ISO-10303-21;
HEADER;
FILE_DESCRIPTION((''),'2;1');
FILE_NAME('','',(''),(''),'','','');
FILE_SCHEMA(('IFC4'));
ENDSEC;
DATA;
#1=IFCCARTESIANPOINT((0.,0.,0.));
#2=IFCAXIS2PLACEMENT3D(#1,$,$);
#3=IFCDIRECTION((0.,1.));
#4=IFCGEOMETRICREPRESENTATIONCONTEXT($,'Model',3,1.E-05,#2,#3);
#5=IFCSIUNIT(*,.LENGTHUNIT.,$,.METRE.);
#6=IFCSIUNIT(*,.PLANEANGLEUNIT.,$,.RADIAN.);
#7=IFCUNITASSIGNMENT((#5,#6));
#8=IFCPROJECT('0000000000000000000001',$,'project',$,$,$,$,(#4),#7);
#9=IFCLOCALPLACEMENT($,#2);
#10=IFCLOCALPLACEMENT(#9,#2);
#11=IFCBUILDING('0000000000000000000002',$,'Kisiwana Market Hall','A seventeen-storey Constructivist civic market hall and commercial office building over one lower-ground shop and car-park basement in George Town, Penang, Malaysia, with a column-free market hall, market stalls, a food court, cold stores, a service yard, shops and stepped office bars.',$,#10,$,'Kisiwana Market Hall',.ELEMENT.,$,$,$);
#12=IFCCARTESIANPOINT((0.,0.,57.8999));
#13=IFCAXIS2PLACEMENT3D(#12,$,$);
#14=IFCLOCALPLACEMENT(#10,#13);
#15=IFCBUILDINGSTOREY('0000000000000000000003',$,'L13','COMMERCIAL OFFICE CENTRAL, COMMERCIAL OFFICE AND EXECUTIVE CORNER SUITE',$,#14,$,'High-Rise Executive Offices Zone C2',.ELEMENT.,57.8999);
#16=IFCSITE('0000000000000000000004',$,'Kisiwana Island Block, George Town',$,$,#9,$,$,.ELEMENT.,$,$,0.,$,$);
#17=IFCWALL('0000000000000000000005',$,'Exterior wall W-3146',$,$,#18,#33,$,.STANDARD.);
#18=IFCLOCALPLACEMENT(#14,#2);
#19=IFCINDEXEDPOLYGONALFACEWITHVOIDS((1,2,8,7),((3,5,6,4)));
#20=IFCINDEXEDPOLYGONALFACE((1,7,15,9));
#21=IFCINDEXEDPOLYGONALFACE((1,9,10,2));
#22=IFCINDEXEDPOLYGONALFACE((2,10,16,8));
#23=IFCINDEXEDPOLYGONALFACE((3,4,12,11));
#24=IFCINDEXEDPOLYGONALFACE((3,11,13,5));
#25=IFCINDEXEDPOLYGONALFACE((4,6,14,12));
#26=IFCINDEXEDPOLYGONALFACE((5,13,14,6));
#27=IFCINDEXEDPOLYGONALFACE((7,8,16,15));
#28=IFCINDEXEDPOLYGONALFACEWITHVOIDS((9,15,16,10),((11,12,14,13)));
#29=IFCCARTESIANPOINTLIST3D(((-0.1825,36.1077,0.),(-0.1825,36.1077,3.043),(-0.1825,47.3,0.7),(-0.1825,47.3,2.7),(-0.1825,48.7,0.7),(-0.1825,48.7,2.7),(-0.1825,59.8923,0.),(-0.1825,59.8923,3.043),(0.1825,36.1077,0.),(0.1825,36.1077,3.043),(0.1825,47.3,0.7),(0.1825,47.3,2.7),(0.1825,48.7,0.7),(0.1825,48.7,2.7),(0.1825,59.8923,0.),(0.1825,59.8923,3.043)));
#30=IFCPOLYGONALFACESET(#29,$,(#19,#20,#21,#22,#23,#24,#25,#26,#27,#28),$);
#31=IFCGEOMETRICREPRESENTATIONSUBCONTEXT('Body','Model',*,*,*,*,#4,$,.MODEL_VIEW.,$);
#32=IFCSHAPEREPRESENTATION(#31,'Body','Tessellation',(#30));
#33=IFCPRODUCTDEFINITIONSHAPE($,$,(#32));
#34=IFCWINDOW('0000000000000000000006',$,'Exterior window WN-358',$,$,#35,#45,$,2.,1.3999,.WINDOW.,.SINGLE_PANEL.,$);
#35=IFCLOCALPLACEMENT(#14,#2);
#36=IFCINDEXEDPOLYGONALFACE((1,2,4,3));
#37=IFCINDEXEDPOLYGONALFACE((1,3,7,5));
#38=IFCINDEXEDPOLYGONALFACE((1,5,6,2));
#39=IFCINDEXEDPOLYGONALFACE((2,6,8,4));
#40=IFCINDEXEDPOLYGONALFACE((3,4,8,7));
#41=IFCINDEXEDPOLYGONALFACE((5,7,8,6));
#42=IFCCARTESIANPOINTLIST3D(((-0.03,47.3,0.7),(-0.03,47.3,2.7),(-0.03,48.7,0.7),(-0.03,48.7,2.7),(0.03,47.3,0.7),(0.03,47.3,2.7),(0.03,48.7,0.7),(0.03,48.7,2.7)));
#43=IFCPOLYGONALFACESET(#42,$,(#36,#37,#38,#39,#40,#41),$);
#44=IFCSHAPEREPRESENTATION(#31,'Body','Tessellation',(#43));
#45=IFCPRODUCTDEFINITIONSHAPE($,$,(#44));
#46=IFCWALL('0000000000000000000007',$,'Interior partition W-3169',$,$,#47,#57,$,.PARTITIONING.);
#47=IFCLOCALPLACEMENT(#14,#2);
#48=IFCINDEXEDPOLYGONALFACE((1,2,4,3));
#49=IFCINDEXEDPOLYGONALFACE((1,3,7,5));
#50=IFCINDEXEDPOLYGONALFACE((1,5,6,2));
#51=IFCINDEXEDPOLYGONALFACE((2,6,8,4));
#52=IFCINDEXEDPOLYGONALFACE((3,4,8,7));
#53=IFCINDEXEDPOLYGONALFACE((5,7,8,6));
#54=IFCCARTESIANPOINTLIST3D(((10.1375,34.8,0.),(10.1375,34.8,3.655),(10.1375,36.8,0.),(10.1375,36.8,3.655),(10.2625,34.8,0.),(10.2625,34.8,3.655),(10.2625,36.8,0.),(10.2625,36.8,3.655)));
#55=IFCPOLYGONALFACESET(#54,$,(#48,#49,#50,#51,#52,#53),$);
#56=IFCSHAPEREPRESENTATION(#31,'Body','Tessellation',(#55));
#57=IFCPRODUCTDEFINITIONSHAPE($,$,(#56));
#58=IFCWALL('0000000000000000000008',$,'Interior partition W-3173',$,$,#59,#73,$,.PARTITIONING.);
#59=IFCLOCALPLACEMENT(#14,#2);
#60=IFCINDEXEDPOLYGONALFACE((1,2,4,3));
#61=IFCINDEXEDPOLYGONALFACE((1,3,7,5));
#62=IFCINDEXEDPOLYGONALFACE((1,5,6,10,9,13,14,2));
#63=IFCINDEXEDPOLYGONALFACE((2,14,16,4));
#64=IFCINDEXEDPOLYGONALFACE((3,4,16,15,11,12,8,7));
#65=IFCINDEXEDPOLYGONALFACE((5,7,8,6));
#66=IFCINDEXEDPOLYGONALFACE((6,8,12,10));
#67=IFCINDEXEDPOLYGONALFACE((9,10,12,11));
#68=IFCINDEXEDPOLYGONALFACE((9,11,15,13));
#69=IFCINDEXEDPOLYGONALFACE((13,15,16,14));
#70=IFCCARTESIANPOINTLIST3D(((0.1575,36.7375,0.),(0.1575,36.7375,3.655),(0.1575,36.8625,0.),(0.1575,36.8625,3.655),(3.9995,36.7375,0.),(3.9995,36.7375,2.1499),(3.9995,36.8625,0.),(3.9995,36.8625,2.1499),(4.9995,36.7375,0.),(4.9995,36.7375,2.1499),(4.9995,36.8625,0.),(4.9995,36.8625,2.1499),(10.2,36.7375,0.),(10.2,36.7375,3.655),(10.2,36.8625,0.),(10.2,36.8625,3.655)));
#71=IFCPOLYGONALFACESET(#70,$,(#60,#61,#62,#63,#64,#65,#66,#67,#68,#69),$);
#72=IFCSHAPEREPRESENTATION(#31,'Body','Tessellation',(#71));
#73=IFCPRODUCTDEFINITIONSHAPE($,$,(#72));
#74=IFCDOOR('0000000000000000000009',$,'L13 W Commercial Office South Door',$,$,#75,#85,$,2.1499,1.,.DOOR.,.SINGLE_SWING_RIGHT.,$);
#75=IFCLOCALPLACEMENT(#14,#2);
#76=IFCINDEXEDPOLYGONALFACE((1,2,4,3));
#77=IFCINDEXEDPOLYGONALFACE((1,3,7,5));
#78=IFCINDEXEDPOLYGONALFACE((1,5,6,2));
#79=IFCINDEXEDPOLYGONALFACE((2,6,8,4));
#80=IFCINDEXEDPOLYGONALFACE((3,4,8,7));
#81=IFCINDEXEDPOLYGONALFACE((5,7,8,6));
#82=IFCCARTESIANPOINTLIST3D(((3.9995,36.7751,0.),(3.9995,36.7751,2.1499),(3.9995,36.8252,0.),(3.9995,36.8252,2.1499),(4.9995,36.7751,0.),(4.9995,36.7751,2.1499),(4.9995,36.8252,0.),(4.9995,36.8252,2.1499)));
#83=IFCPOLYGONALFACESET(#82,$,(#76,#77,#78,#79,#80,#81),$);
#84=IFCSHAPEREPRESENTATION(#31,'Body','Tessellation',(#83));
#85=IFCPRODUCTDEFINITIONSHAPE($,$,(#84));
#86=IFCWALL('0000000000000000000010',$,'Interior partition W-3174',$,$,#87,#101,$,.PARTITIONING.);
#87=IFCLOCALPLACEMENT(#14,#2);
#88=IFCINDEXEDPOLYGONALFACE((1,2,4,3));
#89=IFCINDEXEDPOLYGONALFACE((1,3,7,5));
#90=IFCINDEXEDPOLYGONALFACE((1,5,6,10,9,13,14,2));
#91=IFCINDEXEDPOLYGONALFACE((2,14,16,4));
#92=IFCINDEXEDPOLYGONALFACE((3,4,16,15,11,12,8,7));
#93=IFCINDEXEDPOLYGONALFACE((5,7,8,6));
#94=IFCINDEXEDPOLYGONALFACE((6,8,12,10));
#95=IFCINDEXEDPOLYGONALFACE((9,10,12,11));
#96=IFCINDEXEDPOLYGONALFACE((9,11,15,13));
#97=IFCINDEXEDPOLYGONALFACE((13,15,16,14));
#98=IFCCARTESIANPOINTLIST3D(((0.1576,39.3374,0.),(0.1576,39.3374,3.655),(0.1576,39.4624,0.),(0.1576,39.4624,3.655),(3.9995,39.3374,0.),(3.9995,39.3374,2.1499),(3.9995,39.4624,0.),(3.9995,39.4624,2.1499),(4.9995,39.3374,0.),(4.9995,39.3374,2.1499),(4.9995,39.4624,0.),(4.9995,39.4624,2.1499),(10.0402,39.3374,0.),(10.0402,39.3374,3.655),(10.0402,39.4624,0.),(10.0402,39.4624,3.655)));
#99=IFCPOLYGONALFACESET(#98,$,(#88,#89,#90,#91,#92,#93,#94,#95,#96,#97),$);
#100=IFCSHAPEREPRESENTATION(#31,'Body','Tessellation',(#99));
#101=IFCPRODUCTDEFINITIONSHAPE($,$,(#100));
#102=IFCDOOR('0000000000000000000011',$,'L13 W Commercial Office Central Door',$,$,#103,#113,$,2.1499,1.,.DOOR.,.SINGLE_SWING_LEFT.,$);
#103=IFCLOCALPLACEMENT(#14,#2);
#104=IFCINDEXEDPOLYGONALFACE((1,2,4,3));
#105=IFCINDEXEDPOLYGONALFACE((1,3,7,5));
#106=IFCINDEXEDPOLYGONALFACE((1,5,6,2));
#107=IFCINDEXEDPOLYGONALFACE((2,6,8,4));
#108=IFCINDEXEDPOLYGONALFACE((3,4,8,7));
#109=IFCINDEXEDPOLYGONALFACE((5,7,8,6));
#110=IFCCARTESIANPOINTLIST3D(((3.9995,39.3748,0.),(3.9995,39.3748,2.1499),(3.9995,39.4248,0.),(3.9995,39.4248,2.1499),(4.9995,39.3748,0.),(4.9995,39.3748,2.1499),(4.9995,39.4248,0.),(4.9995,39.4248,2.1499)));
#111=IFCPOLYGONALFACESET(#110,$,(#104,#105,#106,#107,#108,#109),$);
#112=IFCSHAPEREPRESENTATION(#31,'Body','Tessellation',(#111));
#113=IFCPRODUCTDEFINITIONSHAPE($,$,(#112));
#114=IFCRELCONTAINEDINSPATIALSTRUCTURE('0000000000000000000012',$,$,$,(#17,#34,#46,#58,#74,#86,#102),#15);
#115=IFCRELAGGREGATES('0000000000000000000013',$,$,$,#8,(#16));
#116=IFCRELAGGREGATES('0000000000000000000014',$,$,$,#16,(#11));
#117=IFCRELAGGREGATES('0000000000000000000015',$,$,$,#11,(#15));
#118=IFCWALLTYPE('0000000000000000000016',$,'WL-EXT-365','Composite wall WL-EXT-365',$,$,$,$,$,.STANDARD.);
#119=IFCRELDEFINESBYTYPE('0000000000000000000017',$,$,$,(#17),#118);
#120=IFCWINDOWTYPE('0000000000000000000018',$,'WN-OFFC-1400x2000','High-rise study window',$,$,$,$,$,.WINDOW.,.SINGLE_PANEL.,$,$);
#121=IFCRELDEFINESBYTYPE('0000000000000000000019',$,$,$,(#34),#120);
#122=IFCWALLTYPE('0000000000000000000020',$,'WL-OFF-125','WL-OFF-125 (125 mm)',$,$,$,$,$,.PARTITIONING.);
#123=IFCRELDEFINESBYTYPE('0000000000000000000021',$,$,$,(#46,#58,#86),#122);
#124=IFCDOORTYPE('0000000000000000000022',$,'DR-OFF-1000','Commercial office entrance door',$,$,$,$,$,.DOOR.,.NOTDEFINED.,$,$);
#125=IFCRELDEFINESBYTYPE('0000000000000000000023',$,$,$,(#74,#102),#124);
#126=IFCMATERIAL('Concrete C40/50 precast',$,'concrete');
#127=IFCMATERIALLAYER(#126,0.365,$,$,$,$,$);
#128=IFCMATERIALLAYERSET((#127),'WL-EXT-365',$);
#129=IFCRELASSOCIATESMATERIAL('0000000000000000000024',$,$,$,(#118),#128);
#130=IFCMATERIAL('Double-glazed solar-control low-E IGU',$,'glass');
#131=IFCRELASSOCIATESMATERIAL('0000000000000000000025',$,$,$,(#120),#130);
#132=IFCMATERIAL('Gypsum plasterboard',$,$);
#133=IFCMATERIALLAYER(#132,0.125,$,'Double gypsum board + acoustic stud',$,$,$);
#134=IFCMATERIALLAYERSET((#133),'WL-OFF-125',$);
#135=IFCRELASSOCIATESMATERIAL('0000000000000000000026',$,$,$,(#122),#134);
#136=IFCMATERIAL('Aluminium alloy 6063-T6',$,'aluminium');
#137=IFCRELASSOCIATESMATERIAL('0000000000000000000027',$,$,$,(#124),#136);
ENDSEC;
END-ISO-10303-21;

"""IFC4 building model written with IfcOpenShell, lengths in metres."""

from ifc_helpers import new_model, si_unit, direction, frame, frame_2d, origin, place, context, subcontext, project, spatial, rectangle, extrude, material, layer, layer_set, type_object, element, fill, save


model = new_model("IFC4")

# Units and contexts
model_context = context("Model", 3, precision=1e-05, world=origin(), true_north=direction((0.0, 1.0)))
body_context = subcontext(model_context, "Body", "Model", "MODEL_VIEW")
ifc_project = project(units=[si_unit("LENGTHUNIT", "METRE"), si_unit("PLANEANGLEUNIT", "RADIAN")], contexts=[model_context])

# Site, building, storey
site_placement = place(None, origin())
site = spatial("IfcSite", under=ifc_project, at=site_placement, Name="Kisiwana Island Block, George Town", CompositionType="ELEMENT", RefElevation=0.0)
building_placement = place(site_placement, origin())
building = spatial("IfcBuilding", under=site, at=building_placement, Name="Kisiwana Market Hall", Description="A seventeen-storey Constructivist civic market hall and commercial office building over one lower-ground shop and car-park basement in George Town, Penang, Malaysia, with a column-free market hall, market stalls, a food court, cold stores, a service yard, shops and stepped office bars.", LongName="Kisiwana Market Hall", CompositionType="ELEMENT")
storey_placement = place(building_placement, frame((0.0, 0.0, 57.8999)))
storey = spatial("IfcBuildingStorey", under=building, at=storey_placement, Name="L13", Description="COMMERCIAL OFFICE CENTRAL, COMMERCIAL OFFICE AND EXECUTIVE CORNER SUITE", LongName="High-Rise Executive Offices Zone C2", CompositionType="ELEMENT", Elevation=57.8999)

# Wall, opening, window
ifc_material_1 = material(Name="Concrete C40/50 precast", Category="concrete")
ifc_layer_1 = layer(ifc_material_1, 0.365)
ifc_layer_set_1 = layer_set([ifc_layer_1], Name="WL-EXT-365")
wall_type_1 = type_object("IfcWallType", Name="WL-EXT-365", Description="Composite wall WL-EXT-365", PredefinedType="STANDARD", material=ifc_layer_set_1)
wall_1_placement = place(storey_placement, frame((0.0, 36.1077, 0.0), z_axis=(0.0, 0.0, 1.0), x_axis=(0.0, 1.0, 0.0)))
wall_1 = element("IfcWall", 1, at=wall_1_placement, inside=storey, type_object=wall_type_1, Name="Exterior wall W-3146", PredefinedType="STANDARD", context=body_context, shape_type="SweptSolid", body=[
    extrude(rectangle(XDim=23.7847, YDim=0.365, at=frame_2d((11.8923, 0.0))), origin(), (0.0, 0.0, 1.0), 3.043),
])
opening_1_placement = place(wall_1_placement, frame((11.1924, 0.0, 0.7)))
opening_1 = element("IfcOpeningElement", 2, at=opening_1_placement, cuts=wall_1, PredefinedType="OPENING", context=body_context, shape_type="SweptSolid", body=[
    extrude(rectangle(XDim=1.3999, YDim=2.0, at=frame_2d((0.7, 1.0))), frame((0.0, 0.1943, 0.0), z_axis=(0.0, -1.0, 0.0), x_axis=(1.0, 0.0, 0.0)), (0.0, 0.0, 1.0), 0.3889),
])
ifc_material_2 = material(Name="Double-glazed solar-control low-E IGU", Category="glass")
window_type = type_object("IfcWindowType", Name="WN-OFFC-1400x2000", Description="High-rise study window", PartitioningType="SINGLE_PANEL", PredefinedType="WINDOW", material=ifc_material_2)
window_placement = place(opening_1_placement, origin())
window = element("IfcWindow", 3, at=window_placement, inside=storey, type_object=window_type, Name="Exterior window WN-358", OverallHeight=2.0, OverallWidth=1.3999, PartitioningType="SINGLE_PANEL", PredefinedType="WINDOW", context=body_context, shape_type="SweptSolid", body=[
    extrude(rectangle(XDim=1.3999, YDim=2.0, at=frame_2d((0.7, 1.0))), frame((0.0, 0.03, 0.0), z_axis=(0.0, -1.0, 0.0), x_axis=(1.0, 0.0, 0.0)), (0.0, 0.0, 1.0), 0.0601),
])
fill(opening_1, window)

# Wall
ifc_material_3 = material(Name="Gypsum plasterboard")
ifc_layer_2 = layer(ifc_material_3, 0.125, Name="Double gypsum board + acoustic stud")
ifc_layer_set_2 = layer_set([ifc_layer_2], Name="WL-OFF-125")
wall_type_2 = type_object("IfcWallType", Name="WL-OFF-125", Description="WL-OFF-125 (125 mm)", PredefinedType="PARTITIONING", material=ifc_layer_set_2)
wall_2_placement = place(storey_placement, frame((10.2, 34.8, 0.0), z_axis=(0.0, 0.0, 1.0), x_axis=(0.0, 1.0, 0.0)))
element("IfcWall", 4, at=wall_2_placement, inside=storey, type_object=wall_type_2, Name="Interior partition W-3169", PredefinedType="PARTITIONING", context=body_context, shape_type="SweptSolid", body=[
    extrude(rectangle(XDim=2.0, YDim=0.125, at=frame_2d((1.0, 0.0))), origin(), (0.0, 0.0, 1.0), 3.655),
])

# Walls, openings, doors
wall_3_placement = place(storey_placement, frame((0.1575, 36.8, 0.0), z_axis=(0.0, 0.0, 1.0), x_axis=(1.0, 0.0, 0.0)))
wall_3 = element("IfcWall", 5, at=wall_3_placement, inside=storey, type_object=wall_type_2, Name="Interior partition W-3173", PredefinedType="PARTITIONING", context=body_context, shape_type="SweptSolid", body=[
    extrude(rectangle(XDim=10.0425, YDim=0.125, at=frame_2d((5.0212, 0.0))), origin(), (0.0, 0.0, 1.0), 3.655),
])
opening_2_placement = place(wall_3_placement, frame((3.842, 0.0, 0.0)))
opening_2 = element("IfcOpeningElement", 6, at=opening_2_placement, cuts=wall_3, PredefinedType="OPENING", context=body_context, shape_type="SweptSolid", body=[
    extrude(rectangle(XDim=1.0, YDim=2.1499, at=frame_2d((0.5, 1.075))), frame((0.0, 0.0745, 0.0), z_axis=(0.0, -1.0, 0.0), x_axis=(1.0, 0.0, 0.0)), (0.0, 0.0, 1.0), 0.1489),
])
ifc_material_4 = material(Name="Aluminium alloy 6063-T6", Category="aluminium")
door_type_1 = type_object("IfcDoorType", Name="DR-OFF-1000", Description="Commercial office entrance door", OperationType="NOTDEFINED", PredefinedType="DOOR", material=ifc_material_4)
door_1_placement = place(opening_2_placement, frame((1.0, 0.0, 0.0), z_axis=(0.0, 0.0, 1.0), x_axis=(-1.0, 0.0, 0.0)))
door_1 = element("IfcDoor", 7, at=door_1_placement, inside=storey, type_object=door_type_1, Name="L13 W Commercial Office South Door", OperationType="SINGLE_SWING_RIGHT", OverallHeight=2.1499, OverallWidth=1.0, PredefinedType="DOOR", context=body_context, shape_type="SweptSolid", body=[
    extrude(rectangle(XDim=1.0, YDim=2.1499, at=frame_2d((0.5, 1.075))), frame((0.0, 0.0249, 0.0), z_axis=(0.0, -1.0, 0.0), x_axis=(1.0, 0.0, 0.0)), (0.0, 0.0, 1.0), 0.05),
])
fill(opening_2, door_1)
wall_4_placement = place(storey_placement, frame((0.1575, 39.3999, 0.0), z_axis=(0.0, 0.0, 1.0), x_axis=(1.0, 0.0, 0.0)))
wall_4 = element("IfcWall", 8, at=wall_4_placement, inside=storey, type_object=wall_type_2, Name="Interior partition W-3174", PredefinedType="PARTITIONING", context=body_context, shape_type="SweptSolid", body=[
    extrude(rectangle(XDim=9.8826, YDim=0.125, at=frame_2d((4.9414, 0.0))), origin(), (0.0, 0.0, 1.0), 3.655),
])
opening_3_placement = place(wall_4_placement, frame((3.842, 0.0, 0.0)))
opening_3 = element("IfcOpeningElement", 9, at=opening_3_placement, cuts=wall_4, PredefinedType="OPENING", context=body_context, shape_type="SweptSolid", body=[
    extrude(rectangle(XDim=1.0, YDim=2.1499, at=frame_2d((0.5, 1.075))), frame((0.0, 0.0745, 0.0), z_axis=(0.0, -1.0, 0.0), x_axis=(1.0, 0.0, 0.0)), (0.0, 0.0, 1.0), 0.1489),
])
door_2_placement = place(opening_3_placement, origin())
door_2 = element("IfcDoor", 10, at=door_2_placement, inside=storey, type_object=door_type_1, Name="L13 W Commercial Office Central Door", OperationType="SINGLE_SWING_LEFT", OverallHeight=2.1499, OverallWidth=1.0, PredefinedType="DOOR", context=body_context, shape_type="SweptSolid", body=[
    extrude(rectangle(XDim=1.0, YDim=2.1499, at=frame_2d((0.5, 1.075))), frame((0.0, 0.0249, 0.0), z_axis=(0.0, -1.0, 0.0), x_axis=(1.0, 0.0, 0.0)), (0.0, 0.0, 1.0), 0.05),
])
fill(opening_3, door_2)

save(model, "model.ifc")
